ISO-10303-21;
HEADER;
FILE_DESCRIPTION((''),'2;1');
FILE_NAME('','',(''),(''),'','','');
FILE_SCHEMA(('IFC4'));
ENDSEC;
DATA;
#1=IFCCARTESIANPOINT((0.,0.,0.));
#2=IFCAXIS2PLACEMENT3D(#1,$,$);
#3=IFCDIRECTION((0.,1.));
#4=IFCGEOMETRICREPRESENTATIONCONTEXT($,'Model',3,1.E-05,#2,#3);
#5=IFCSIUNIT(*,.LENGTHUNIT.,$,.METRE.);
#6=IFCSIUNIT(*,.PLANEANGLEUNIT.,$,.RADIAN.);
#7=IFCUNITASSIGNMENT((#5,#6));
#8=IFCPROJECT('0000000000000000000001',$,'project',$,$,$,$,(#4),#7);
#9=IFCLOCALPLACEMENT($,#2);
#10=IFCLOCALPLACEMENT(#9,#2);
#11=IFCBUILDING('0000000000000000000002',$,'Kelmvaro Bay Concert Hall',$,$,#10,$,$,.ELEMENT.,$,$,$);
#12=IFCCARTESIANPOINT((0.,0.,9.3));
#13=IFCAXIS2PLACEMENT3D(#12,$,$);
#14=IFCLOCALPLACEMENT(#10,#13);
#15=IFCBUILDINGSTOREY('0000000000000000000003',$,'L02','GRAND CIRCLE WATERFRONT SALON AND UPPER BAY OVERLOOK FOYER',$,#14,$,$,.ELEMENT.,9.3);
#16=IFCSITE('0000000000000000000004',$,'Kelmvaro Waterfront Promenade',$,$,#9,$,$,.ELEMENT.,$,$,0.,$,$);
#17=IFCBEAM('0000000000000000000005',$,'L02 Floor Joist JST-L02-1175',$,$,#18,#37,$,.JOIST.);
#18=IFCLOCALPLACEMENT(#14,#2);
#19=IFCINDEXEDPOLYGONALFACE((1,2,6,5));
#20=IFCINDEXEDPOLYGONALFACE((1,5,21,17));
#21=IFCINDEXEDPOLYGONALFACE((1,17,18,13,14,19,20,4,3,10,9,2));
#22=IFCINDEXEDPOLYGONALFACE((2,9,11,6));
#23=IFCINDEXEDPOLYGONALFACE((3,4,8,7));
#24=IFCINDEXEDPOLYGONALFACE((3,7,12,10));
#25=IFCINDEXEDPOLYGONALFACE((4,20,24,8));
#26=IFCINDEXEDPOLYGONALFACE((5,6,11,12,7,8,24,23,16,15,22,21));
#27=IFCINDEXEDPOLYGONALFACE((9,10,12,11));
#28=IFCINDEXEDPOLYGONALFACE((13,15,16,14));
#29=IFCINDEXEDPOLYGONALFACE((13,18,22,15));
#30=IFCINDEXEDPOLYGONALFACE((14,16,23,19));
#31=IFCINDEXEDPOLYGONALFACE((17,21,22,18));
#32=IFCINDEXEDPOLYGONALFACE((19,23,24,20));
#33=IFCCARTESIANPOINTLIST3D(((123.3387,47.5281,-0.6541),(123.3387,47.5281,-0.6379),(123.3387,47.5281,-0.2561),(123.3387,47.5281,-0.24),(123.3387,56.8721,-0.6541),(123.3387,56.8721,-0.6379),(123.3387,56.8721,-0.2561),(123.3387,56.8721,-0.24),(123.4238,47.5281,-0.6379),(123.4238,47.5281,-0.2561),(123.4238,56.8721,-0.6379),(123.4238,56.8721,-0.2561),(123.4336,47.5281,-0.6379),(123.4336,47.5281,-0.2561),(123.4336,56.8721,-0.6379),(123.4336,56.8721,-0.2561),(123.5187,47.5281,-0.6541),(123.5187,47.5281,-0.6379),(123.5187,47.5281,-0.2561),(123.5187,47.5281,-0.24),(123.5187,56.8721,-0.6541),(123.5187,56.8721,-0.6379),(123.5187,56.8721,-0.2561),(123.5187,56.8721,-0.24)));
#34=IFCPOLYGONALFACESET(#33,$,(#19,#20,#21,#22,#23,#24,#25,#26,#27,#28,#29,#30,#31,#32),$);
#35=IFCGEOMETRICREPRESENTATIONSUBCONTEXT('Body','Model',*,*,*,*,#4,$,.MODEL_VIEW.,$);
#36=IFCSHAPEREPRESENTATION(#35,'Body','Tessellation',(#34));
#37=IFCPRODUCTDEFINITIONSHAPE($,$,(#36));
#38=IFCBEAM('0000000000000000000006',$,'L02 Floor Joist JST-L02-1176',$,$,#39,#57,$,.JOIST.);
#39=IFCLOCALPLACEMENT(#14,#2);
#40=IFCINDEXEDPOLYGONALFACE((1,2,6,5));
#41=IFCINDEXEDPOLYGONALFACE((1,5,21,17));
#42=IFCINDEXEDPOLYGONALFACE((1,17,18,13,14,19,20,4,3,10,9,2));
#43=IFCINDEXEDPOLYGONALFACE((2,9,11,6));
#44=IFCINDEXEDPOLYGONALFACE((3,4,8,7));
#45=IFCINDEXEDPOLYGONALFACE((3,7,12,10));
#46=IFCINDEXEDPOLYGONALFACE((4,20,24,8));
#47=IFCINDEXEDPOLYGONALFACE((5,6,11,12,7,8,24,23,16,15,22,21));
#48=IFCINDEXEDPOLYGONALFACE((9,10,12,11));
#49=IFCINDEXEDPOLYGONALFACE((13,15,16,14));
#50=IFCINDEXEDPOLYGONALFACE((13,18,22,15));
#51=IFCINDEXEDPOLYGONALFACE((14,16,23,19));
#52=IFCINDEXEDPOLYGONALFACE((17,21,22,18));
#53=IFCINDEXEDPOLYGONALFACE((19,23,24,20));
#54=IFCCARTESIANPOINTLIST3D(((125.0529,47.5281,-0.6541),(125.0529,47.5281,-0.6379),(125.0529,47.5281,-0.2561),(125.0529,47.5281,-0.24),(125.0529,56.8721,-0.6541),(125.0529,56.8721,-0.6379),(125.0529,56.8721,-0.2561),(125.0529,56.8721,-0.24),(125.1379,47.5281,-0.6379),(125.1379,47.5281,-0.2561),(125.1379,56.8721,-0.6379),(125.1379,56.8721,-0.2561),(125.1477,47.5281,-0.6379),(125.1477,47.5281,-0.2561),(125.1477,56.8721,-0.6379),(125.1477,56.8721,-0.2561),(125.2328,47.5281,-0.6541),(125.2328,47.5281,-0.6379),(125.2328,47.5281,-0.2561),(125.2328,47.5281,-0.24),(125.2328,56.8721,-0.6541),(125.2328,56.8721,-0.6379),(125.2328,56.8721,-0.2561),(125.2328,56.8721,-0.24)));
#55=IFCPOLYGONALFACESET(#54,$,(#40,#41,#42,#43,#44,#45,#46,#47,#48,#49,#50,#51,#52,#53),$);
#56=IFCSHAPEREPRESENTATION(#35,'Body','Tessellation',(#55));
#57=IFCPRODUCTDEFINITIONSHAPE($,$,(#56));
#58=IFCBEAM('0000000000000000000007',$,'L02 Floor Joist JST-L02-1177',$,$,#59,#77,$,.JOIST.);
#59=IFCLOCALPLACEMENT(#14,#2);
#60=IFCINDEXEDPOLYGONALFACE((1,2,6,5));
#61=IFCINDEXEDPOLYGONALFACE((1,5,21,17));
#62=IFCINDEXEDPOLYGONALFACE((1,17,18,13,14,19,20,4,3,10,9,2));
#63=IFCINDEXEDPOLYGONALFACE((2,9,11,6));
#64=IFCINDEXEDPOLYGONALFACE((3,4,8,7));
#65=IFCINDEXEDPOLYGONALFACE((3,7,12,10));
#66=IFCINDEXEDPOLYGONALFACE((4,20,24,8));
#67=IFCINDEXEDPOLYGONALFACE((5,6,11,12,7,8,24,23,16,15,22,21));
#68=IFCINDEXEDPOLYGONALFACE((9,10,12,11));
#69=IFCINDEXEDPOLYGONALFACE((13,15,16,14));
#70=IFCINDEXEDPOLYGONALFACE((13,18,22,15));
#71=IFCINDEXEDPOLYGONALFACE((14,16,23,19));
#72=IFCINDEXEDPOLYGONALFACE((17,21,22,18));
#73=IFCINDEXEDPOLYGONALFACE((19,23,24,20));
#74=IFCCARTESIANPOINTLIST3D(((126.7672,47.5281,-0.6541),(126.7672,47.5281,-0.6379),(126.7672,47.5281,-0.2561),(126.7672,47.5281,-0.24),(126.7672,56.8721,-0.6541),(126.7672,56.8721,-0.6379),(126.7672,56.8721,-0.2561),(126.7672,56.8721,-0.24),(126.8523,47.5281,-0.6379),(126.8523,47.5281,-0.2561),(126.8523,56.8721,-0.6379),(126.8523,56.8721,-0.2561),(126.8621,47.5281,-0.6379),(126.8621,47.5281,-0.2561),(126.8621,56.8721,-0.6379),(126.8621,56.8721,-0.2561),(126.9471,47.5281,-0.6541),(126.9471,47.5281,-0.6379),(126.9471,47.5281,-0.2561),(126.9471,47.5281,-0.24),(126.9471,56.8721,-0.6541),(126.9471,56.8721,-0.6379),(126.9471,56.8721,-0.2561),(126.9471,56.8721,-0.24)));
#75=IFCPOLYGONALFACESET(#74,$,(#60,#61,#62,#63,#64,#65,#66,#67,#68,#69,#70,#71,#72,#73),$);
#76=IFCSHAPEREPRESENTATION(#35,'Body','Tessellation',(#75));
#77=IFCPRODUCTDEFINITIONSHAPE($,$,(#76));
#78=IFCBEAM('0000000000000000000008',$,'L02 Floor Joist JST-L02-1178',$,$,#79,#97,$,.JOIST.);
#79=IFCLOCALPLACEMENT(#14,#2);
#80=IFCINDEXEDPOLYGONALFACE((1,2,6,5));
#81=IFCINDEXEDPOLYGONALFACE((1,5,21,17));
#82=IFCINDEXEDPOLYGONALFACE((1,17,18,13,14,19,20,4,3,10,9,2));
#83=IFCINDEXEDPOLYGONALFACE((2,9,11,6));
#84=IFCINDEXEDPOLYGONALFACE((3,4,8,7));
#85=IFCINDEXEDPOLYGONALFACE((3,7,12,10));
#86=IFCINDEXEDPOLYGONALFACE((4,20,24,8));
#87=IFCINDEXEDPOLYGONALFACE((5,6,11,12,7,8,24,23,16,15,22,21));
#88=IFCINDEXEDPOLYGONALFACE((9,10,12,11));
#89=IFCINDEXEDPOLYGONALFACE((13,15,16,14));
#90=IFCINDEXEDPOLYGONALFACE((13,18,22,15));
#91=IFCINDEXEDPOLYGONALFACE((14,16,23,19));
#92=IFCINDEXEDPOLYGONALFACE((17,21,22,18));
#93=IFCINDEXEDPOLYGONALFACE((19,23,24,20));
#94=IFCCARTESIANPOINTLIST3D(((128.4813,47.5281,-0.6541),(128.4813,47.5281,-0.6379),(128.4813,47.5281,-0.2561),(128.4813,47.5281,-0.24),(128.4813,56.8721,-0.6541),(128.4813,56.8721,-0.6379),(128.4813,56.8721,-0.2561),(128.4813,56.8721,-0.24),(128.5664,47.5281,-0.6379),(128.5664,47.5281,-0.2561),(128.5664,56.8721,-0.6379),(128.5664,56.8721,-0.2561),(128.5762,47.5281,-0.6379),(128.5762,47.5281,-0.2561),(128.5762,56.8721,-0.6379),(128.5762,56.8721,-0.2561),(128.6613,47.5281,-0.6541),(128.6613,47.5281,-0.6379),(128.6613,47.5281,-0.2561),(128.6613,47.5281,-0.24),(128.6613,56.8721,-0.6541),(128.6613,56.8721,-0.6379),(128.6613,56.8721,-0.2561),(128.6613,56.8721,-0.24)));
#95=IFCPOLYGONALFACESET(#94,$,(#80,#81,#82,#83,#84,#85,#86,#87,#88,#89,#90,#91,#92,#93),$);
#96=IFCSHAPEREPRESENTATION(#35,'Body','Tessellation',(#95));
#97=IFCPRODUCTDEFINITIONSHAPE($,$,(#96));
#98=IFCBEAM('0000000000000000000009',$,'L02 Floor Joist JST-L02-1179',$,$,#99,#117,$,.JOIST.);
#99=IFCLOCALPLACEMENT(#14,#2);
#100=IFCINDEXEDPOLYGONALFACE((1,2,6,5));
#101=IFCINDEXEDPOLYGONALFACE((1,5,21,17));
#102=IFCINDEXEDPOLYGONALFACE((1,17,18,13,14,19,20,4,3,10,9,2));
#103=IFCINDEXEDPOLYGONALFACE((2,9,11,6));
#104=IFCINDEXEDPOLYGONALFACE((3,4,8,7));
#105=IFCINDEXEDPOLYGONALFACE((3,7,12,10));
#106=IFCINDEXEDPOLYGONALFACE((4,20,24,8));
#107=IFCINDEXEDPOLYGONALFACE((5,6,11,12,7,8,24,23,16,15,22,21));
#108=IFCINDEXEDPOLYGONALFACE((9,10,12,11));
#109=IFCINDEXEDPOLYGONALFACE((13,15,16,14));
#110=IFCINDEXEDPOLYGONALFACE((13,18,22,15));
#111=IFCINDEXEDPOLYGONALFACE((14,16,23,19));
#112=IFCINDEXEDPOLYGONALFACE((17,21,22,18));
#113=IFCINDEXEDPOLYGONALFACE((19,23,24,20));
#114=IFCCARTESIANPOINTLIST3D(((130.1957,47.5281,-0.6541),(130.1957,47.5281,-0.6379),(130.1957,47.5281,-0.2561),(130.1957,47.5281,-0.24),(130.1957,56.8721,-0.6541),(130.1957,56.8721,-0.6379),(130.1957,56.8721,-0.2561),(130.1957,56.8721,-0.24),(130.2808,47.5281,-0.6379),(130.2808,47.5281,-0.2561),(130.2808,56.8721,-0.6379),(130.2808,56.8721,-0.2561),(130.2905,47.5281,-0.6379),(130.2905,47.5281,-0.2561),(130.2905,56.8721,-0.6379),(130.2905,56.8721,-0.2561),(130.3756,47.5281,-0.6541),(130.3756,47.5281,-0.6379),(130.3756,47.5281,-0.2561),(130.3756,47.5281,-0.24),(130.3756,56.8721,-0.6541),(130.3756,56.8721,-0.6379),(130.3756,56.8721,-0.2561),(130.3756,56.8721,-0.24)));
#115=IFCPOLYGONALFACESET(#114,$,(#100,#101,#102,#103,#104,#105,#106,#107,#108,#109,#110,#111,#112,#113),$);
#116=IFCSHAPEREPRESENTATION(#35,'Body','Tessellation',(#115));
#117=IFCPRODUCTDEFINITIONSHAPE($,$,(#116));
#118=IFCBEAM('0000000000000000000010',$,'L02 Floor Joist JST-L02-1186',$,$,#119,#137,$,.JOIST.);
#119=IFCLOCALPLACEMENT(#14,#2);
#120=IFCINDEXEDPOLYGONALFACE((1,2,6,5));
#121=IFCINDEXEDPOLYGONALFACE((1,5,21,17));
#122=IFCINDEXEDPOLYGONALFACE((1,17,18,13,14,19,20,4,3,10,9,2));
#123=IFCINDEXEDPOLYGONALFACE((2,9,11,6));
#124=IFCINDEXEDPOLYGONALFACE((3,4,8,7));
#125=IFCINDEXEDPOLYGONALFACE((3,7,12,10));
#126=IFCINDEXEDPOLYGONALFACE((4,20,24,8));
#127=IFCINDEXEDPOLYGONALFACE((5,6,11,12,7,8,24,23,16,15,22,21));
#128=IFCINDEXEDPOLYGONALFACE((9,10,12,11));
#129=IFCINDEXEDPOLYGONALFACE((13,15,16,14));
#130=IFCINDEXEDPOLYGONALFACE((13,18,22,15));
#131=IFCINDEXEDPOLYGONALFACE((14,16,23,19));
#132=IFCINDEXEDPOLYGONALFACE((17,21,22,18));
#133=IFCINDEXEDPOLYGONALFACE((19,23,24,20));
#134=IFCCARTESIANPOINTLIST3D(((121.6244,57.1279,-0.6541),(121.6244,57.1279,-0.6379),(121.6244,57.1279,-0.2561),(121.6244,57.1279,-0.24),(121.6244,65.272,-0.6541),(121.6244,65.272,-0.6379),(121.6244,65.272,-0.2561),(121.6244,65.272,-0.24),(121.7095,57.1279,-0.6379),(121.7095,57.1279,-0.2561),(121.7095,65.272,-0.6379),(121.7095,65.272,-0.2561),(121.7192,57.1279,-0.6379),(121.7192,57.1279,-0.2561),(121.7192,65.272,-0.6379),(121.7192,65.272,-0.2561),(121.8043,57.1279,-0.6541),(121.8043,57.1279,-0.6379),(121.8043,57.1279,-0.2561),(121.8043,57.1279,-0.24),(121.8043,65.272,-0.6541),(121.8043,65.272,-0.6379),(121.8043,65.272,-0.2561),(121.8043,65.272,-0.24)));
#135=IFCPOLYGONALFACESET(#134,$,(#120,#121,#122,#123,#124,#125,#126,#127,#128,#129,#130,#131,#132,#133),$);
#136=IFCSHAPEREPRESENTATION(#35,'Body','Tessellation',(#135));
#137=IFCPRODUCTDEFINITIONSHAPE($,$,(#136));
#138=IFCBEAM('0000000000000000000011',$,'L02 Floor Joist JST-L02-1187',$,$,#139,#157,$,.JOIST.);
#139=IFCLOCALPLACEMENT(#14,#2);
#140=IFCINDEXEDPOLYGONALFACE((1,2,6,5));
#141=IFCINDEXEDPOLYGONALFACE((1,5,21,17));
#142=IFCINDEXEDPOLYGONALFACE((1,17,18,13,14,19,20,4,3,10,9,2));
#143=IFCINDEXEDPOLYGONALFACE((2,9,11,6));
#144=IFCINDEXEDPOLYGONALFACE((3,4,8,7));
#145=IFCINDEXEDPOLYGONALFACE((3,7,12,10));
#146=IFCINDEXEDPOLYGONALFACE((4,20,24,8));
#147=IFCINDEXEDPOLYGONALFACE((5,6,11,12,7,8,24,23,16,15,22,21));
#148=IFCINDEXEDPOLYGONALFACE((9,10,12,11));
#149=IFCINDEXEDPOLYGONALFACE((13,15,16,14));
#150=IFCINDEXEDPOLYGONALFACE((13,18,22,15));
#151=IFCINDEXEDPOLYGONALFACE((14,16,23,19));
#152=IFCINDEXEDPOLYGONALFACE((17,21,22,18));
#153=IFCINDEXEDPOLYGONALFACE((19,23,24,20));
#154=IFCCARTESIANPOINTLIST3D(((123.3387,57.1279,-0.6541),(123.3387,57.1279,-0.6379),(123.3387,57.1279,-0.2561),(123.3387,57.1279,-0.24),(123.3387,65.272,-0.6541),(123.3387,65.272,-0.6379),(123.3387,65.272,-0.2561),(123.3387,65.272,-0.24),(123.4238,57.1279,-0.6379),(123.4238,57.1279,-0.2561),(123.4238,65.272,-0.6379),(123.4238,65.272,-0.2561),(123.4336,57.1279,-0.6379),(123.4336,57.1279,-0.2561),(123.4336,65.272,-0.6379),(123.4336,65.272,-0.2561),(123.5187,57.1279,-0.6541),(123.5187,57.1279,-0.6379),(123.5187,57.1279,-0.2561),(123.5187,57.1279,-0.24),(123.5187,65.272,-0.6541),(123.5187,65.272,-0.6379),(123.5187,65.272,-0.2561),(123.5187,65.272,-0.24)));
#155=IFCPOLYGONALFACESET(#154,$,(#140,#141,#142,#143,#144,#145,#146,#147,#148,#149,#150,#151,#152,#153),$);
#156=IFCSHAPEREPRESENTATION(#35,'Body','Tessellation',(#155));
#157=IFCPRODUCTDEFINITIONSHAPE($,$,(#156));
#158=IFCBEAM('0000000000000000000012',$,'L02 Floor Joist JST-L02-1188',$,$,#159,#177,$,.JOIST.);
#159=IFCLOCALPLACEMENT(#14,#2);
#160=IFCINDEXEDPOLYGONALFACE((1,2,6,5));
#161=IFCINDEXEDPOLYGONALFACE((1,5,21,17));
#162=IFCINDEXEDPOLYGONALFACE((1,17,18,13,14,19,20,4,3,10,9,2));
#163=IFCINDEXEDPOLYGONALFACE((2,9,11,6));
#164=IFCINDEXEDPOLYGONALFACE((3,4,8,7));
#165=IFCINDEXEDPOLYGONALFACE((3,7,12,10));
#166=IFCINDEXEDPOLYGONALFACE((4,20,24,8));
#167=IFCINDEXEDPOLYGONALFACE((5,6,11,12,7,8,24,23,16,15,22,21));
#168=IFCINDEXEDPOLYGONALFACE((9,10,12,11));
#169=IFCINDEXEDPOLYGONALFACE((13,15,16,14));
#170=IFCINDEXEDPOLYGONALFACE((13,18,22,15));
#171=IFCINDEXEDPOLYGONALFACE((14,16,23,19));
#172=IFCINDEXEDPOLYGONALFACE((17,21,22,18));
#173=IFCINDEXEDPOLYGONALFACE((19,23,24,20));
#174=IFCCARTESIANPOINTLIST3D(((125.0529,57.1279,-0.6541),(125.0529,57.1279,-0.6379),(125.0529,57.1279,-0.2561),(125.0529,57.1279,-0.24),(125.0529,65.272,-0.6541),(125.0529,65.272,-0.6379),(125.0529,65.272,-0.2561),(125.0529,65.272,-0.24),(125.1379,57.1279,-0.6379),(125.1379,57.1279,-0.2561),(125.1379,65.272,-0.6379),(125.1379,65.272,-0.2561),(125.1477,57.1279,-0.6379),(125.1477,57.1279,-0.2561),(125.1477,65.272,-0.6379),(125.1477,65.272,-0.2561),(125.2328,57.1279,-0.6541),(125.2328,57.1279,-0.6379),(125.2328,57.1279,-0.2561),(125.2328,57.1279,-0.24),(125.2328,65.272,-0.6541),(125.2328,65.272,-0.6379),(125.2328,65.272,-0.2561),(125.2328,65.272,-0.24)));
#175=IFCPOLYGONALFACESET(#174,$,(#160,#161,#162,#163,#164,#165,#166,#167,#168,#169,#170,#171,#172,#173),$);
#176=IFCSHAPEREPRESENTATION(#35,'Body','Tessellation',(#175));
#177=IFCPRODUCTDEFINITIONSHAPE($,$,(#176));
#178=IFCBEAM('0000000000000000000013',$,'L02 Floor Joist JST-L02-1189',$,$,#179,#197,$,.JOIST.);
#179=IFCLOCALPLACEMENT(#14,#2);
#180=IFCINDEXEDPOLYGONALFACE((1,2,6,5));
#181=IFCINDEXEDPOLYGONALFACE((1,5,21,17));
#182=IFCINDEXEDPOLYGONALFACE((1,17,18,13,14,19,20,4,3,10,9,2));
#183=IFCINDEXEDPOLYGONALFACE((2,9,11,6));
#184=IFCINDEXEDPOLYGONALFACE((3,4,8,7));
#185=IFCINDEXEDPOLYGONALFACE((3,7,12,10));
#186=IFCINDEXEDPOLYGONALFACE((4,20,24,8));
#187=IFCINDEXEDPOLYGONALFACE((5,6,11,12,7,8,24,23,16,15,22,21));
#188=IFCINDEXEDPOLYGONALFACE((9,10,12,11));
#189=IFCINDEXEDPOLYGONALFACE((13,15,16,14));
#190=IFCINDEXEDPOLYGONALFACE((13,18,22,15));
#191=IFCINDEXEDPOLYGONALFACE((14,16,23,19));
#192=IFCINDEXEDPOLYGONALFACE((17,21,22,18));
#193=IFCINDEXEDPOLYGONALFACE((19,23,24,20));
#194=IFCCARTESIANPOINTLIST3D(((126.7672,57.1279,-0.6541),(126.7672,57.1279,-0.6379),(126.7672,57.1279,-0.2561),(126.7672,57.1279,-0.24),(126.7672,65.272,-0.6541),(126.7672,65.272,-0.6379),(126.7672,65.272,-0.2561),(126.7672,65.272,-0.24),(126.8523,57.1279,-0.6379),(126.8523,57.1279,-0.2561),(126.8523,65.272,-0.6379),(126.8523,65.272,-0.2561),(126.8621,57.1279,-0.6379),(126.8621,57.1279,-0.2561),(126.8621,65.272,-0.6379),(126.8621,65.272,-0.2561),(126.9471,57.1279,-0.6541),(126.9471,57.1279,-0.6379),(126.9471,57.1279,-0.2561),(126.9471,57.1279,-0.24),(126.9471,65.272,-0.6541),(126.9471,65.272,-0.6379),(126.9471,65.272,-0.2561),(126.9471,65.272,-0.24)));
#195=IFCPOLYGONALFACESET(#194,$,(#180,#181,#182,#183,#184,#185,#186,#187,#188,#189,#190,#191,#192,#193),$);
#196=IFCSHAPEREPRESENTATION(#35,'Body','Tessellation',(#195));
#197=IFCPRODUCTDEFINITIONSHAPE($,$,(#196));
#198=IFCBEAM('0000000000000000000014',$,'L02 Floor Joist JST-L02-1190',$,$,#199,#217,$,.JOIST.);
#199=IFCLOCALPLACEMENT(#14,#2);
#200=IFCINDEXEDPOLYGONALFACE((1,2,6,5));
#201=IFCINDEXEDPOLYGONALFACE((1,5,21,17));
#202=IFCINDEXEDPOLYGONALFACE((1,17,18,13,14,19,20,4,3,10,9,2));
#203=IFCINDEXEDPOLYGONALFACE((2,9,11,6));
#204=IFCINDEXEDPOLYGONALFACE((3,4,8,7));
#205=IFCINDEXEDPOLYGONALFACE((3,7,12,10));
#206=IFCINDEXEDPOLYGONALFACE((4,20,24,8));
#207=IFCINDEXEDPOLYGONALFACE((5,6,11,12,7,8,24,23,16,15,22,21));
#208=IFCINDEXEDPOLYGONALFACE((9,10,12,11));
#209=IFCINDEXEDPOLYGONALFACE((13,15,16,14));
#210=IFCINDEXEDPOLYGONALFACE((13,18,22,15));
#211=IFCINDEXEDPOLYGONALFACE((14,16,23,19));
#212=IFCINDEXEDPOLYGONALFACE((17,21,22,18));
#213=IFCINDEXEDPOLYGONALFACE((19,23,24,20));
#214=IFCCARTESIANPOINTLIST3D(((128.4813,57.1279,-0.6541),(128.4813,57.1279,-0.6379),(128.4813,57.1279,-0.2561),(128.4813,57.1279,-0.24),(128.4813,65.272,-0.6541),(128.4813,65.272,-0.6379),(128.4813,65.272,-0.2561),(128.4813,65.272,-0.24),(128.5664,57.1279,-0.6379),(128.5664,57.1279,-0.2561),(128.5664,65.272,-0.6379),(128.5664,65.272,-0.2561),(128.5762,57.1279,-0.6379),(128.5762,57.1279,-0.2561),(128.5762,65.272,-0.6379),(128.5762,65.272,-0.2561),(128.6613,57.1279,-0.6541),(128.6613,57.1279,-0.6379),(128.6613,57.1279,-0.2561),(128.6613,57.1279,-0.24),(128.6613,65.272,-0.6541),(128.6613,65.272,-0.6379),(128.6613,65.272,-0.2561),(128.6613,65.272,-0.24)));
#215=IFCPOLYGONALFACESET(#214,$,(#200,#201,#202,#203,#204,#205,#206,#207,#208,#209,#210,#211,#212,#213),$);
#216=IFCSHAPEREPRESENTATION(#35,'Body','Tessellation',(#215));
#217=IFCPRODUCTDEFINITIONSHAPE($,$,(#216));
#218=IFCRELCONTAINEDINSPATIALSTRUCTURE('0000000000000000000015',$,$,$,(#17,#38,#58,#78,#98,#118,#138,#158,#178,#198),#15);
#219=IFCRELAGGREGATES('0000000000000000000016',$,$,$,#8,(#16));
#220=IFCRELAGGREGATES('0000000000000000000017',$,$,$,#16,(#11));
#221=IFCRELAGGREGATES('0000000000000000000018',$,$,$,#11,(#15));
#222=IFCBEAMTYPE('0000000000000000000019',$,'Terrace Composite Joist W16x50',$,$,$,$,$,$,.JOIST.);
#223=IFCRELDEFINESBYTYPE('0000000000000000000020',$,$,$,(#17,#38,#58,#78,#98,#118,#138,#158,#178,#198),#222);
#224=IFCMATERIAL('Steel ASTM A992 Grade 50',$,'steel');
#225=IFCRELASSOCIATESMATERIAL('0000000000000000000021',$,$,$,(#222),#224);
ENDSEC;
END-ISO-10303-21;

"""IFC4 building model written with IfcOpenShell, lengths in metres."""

from ifc_helpers import new_model, si_unit, direction, frame, origin, origin_2d, place, context, subcontext, project, spatial, i_section, extrude, material, material_profile, profile_set, type_object, element, save


model = new_model("IFC4")

# Units and contexts
model_context = context("Model", 3, precision=1e-05, world=origin(), true_north=direction((0.0, 1.0)))
body_context = subcontext(model_context, "Body", "Model", "MODEL_VIEW")
ifc_project = project(units=[si_unit("LENGTHUNIT", "METRE"), si_unit("PLANEANGLEUNIT", "RADIAN")], contexts=[model_context])

# Site, building, storey
site_placement = place(None, origin())
site = spatial("IfcSite", under=ifc_project, at=site_placement, Name="Kelmvaro Waterfront Promenade", CompositionType="ELEMENT", RefElevation=0.0)
building_placement = place(site_placement, origin())
building = spatial("IfcBuilding", under=site, at=building_placement, Name="Kelmvaro Bay Concert Hall", CompositionType="ELEMENT")
storey_placement = place(building_placement, frame((0.0, 0.0, 9.3)))
storey = spatial("IfcBuildingStorey", under=building, at=storey_placement, Name="L02", Description="GRAND CIRCLE WATERFRONT SALON AND UPPER BAY OVERLOOK FOYER", CompositionType="ELEMENT", Elevation=9.3)

# Beams
ifc_material_1 = material(Name="Steel ASTM A992 Grade 50", Category="steel")
ifc_material_profile_1 = material_profile(ifc_material_1, i_section(OverallWidth=0.1799, OverallDepth=0.4141, WebThickness=0.0098, FlangeThickness=0.0161, at=origin_2d()), Name="W16X50")
ifc_profile_set_1 = profile_set([ifc_material_profile_1], Name="Steel ASTM A992 Grade 50")
beam_type_1 = type_object("IfcBeamType", Name="Terrace Composite Joist W16x50", PredefinedType="JOIST", material=ifc_profile_set_1)
for number, where, z_axis, x_axis, name in (
    (1, (123.4287, 47.5281, -0.447), (0.0, 1.0, 0.0), (-1.0, 0.0, 0.0), "L02 Floor Joist JST-L02-1175"),
    (2, (125.1428, 47.5281, -0.447), (0.0, 1.0, 0.0), (-1.0, 0.0, 0.0), "L02 Floor Joist JST-L02-1176"),
    (3, (126.8572, 47.5281, -0.447), (0.0, 1.0, 0.0), (-1.0, 0.0, 0.0), "L02 Floor Joist JST-L02-1177"),
    (4, (128.5713, 47.5281, -0.447), (0.0, 1.0, 0.0), (-1.0, 0.0, 0.0), "L02 Floor Joist JST-L02-1178"),
    (5, (130.2856, 47.5281, -0.447), (0.0, 1.0, 0.0), (-1.0, 0.0, 0.0), "L02 Floor Joist JST-L02-1179"),
):
    element("IfcBeam", number, at=place(storey_placement, frame(where, z_axis=z_axis, x_axis=x_axis)), inside=storey, type_object=beam_type_1, Name=name, PredefinedType="JOIST", context=body_context, shape_type="SweptSolid", body=[
        extrude(i_section(OverallWidth=0.1799, OverallDepth=0.4141, WebThickness=0.0098, FlangeThickness=0.0161, at=origin_2d()), origin(), (0.0, 0.0, 1.0), 9.344),
    ])
for number, where, z_axis, x_axis, name in (
    (6, (121.7144, 57.1279, -0.447), (0.0, 1.0, 0.0), (-1.0, 0.0, 0.0), "L02 Floor Joist JST-L02-1186"),
    (7, (123.4287, 57.1279, -0.447), (0.0, 1.0, 0.0), (-1.0, 0.0, 0.0), "L02 Floor Joist JST-L02-1187"),
    (8, (125.1428, 57.1279, -0.447), (0.0, 1.0, 0.0), (-1.0, 0.0, 0.0), "L02 Floor Joist JST-L02-1188"),
    (9, (126.8572, 57.1279, -0.447), (0.0, 1.0, 0.0), (-1.0, 0.0, 0.0), "L02 Floor Joist JST-L02-1189"),
    (10, (128.5713, 57.1279, -0.447), (0.0, 1.0, 0.0), (-1.0, 0.0, 0.0), "L02 Floor Joist JST-L02-1190"),
):
    element("IfcBeam", number, at=place(storey_placement, frame(where, z_axis=z_axis, x_axis=x_axis)), inside=storey, type_object=beam_type_1, Name=name, PredefinedType="JOIST", context=body_context, shape_type="SweptSolid", body=[
        extrude(i_section(OverallWidth=0.1799, OverallDepth=0.4141, WebThickness=0.0098, FlangeThickness=0.0161, at=origin_2d()), origin(), (0.0, 0.0, 1.0), 8.144),
    ])

save(model, "model.ifc")
